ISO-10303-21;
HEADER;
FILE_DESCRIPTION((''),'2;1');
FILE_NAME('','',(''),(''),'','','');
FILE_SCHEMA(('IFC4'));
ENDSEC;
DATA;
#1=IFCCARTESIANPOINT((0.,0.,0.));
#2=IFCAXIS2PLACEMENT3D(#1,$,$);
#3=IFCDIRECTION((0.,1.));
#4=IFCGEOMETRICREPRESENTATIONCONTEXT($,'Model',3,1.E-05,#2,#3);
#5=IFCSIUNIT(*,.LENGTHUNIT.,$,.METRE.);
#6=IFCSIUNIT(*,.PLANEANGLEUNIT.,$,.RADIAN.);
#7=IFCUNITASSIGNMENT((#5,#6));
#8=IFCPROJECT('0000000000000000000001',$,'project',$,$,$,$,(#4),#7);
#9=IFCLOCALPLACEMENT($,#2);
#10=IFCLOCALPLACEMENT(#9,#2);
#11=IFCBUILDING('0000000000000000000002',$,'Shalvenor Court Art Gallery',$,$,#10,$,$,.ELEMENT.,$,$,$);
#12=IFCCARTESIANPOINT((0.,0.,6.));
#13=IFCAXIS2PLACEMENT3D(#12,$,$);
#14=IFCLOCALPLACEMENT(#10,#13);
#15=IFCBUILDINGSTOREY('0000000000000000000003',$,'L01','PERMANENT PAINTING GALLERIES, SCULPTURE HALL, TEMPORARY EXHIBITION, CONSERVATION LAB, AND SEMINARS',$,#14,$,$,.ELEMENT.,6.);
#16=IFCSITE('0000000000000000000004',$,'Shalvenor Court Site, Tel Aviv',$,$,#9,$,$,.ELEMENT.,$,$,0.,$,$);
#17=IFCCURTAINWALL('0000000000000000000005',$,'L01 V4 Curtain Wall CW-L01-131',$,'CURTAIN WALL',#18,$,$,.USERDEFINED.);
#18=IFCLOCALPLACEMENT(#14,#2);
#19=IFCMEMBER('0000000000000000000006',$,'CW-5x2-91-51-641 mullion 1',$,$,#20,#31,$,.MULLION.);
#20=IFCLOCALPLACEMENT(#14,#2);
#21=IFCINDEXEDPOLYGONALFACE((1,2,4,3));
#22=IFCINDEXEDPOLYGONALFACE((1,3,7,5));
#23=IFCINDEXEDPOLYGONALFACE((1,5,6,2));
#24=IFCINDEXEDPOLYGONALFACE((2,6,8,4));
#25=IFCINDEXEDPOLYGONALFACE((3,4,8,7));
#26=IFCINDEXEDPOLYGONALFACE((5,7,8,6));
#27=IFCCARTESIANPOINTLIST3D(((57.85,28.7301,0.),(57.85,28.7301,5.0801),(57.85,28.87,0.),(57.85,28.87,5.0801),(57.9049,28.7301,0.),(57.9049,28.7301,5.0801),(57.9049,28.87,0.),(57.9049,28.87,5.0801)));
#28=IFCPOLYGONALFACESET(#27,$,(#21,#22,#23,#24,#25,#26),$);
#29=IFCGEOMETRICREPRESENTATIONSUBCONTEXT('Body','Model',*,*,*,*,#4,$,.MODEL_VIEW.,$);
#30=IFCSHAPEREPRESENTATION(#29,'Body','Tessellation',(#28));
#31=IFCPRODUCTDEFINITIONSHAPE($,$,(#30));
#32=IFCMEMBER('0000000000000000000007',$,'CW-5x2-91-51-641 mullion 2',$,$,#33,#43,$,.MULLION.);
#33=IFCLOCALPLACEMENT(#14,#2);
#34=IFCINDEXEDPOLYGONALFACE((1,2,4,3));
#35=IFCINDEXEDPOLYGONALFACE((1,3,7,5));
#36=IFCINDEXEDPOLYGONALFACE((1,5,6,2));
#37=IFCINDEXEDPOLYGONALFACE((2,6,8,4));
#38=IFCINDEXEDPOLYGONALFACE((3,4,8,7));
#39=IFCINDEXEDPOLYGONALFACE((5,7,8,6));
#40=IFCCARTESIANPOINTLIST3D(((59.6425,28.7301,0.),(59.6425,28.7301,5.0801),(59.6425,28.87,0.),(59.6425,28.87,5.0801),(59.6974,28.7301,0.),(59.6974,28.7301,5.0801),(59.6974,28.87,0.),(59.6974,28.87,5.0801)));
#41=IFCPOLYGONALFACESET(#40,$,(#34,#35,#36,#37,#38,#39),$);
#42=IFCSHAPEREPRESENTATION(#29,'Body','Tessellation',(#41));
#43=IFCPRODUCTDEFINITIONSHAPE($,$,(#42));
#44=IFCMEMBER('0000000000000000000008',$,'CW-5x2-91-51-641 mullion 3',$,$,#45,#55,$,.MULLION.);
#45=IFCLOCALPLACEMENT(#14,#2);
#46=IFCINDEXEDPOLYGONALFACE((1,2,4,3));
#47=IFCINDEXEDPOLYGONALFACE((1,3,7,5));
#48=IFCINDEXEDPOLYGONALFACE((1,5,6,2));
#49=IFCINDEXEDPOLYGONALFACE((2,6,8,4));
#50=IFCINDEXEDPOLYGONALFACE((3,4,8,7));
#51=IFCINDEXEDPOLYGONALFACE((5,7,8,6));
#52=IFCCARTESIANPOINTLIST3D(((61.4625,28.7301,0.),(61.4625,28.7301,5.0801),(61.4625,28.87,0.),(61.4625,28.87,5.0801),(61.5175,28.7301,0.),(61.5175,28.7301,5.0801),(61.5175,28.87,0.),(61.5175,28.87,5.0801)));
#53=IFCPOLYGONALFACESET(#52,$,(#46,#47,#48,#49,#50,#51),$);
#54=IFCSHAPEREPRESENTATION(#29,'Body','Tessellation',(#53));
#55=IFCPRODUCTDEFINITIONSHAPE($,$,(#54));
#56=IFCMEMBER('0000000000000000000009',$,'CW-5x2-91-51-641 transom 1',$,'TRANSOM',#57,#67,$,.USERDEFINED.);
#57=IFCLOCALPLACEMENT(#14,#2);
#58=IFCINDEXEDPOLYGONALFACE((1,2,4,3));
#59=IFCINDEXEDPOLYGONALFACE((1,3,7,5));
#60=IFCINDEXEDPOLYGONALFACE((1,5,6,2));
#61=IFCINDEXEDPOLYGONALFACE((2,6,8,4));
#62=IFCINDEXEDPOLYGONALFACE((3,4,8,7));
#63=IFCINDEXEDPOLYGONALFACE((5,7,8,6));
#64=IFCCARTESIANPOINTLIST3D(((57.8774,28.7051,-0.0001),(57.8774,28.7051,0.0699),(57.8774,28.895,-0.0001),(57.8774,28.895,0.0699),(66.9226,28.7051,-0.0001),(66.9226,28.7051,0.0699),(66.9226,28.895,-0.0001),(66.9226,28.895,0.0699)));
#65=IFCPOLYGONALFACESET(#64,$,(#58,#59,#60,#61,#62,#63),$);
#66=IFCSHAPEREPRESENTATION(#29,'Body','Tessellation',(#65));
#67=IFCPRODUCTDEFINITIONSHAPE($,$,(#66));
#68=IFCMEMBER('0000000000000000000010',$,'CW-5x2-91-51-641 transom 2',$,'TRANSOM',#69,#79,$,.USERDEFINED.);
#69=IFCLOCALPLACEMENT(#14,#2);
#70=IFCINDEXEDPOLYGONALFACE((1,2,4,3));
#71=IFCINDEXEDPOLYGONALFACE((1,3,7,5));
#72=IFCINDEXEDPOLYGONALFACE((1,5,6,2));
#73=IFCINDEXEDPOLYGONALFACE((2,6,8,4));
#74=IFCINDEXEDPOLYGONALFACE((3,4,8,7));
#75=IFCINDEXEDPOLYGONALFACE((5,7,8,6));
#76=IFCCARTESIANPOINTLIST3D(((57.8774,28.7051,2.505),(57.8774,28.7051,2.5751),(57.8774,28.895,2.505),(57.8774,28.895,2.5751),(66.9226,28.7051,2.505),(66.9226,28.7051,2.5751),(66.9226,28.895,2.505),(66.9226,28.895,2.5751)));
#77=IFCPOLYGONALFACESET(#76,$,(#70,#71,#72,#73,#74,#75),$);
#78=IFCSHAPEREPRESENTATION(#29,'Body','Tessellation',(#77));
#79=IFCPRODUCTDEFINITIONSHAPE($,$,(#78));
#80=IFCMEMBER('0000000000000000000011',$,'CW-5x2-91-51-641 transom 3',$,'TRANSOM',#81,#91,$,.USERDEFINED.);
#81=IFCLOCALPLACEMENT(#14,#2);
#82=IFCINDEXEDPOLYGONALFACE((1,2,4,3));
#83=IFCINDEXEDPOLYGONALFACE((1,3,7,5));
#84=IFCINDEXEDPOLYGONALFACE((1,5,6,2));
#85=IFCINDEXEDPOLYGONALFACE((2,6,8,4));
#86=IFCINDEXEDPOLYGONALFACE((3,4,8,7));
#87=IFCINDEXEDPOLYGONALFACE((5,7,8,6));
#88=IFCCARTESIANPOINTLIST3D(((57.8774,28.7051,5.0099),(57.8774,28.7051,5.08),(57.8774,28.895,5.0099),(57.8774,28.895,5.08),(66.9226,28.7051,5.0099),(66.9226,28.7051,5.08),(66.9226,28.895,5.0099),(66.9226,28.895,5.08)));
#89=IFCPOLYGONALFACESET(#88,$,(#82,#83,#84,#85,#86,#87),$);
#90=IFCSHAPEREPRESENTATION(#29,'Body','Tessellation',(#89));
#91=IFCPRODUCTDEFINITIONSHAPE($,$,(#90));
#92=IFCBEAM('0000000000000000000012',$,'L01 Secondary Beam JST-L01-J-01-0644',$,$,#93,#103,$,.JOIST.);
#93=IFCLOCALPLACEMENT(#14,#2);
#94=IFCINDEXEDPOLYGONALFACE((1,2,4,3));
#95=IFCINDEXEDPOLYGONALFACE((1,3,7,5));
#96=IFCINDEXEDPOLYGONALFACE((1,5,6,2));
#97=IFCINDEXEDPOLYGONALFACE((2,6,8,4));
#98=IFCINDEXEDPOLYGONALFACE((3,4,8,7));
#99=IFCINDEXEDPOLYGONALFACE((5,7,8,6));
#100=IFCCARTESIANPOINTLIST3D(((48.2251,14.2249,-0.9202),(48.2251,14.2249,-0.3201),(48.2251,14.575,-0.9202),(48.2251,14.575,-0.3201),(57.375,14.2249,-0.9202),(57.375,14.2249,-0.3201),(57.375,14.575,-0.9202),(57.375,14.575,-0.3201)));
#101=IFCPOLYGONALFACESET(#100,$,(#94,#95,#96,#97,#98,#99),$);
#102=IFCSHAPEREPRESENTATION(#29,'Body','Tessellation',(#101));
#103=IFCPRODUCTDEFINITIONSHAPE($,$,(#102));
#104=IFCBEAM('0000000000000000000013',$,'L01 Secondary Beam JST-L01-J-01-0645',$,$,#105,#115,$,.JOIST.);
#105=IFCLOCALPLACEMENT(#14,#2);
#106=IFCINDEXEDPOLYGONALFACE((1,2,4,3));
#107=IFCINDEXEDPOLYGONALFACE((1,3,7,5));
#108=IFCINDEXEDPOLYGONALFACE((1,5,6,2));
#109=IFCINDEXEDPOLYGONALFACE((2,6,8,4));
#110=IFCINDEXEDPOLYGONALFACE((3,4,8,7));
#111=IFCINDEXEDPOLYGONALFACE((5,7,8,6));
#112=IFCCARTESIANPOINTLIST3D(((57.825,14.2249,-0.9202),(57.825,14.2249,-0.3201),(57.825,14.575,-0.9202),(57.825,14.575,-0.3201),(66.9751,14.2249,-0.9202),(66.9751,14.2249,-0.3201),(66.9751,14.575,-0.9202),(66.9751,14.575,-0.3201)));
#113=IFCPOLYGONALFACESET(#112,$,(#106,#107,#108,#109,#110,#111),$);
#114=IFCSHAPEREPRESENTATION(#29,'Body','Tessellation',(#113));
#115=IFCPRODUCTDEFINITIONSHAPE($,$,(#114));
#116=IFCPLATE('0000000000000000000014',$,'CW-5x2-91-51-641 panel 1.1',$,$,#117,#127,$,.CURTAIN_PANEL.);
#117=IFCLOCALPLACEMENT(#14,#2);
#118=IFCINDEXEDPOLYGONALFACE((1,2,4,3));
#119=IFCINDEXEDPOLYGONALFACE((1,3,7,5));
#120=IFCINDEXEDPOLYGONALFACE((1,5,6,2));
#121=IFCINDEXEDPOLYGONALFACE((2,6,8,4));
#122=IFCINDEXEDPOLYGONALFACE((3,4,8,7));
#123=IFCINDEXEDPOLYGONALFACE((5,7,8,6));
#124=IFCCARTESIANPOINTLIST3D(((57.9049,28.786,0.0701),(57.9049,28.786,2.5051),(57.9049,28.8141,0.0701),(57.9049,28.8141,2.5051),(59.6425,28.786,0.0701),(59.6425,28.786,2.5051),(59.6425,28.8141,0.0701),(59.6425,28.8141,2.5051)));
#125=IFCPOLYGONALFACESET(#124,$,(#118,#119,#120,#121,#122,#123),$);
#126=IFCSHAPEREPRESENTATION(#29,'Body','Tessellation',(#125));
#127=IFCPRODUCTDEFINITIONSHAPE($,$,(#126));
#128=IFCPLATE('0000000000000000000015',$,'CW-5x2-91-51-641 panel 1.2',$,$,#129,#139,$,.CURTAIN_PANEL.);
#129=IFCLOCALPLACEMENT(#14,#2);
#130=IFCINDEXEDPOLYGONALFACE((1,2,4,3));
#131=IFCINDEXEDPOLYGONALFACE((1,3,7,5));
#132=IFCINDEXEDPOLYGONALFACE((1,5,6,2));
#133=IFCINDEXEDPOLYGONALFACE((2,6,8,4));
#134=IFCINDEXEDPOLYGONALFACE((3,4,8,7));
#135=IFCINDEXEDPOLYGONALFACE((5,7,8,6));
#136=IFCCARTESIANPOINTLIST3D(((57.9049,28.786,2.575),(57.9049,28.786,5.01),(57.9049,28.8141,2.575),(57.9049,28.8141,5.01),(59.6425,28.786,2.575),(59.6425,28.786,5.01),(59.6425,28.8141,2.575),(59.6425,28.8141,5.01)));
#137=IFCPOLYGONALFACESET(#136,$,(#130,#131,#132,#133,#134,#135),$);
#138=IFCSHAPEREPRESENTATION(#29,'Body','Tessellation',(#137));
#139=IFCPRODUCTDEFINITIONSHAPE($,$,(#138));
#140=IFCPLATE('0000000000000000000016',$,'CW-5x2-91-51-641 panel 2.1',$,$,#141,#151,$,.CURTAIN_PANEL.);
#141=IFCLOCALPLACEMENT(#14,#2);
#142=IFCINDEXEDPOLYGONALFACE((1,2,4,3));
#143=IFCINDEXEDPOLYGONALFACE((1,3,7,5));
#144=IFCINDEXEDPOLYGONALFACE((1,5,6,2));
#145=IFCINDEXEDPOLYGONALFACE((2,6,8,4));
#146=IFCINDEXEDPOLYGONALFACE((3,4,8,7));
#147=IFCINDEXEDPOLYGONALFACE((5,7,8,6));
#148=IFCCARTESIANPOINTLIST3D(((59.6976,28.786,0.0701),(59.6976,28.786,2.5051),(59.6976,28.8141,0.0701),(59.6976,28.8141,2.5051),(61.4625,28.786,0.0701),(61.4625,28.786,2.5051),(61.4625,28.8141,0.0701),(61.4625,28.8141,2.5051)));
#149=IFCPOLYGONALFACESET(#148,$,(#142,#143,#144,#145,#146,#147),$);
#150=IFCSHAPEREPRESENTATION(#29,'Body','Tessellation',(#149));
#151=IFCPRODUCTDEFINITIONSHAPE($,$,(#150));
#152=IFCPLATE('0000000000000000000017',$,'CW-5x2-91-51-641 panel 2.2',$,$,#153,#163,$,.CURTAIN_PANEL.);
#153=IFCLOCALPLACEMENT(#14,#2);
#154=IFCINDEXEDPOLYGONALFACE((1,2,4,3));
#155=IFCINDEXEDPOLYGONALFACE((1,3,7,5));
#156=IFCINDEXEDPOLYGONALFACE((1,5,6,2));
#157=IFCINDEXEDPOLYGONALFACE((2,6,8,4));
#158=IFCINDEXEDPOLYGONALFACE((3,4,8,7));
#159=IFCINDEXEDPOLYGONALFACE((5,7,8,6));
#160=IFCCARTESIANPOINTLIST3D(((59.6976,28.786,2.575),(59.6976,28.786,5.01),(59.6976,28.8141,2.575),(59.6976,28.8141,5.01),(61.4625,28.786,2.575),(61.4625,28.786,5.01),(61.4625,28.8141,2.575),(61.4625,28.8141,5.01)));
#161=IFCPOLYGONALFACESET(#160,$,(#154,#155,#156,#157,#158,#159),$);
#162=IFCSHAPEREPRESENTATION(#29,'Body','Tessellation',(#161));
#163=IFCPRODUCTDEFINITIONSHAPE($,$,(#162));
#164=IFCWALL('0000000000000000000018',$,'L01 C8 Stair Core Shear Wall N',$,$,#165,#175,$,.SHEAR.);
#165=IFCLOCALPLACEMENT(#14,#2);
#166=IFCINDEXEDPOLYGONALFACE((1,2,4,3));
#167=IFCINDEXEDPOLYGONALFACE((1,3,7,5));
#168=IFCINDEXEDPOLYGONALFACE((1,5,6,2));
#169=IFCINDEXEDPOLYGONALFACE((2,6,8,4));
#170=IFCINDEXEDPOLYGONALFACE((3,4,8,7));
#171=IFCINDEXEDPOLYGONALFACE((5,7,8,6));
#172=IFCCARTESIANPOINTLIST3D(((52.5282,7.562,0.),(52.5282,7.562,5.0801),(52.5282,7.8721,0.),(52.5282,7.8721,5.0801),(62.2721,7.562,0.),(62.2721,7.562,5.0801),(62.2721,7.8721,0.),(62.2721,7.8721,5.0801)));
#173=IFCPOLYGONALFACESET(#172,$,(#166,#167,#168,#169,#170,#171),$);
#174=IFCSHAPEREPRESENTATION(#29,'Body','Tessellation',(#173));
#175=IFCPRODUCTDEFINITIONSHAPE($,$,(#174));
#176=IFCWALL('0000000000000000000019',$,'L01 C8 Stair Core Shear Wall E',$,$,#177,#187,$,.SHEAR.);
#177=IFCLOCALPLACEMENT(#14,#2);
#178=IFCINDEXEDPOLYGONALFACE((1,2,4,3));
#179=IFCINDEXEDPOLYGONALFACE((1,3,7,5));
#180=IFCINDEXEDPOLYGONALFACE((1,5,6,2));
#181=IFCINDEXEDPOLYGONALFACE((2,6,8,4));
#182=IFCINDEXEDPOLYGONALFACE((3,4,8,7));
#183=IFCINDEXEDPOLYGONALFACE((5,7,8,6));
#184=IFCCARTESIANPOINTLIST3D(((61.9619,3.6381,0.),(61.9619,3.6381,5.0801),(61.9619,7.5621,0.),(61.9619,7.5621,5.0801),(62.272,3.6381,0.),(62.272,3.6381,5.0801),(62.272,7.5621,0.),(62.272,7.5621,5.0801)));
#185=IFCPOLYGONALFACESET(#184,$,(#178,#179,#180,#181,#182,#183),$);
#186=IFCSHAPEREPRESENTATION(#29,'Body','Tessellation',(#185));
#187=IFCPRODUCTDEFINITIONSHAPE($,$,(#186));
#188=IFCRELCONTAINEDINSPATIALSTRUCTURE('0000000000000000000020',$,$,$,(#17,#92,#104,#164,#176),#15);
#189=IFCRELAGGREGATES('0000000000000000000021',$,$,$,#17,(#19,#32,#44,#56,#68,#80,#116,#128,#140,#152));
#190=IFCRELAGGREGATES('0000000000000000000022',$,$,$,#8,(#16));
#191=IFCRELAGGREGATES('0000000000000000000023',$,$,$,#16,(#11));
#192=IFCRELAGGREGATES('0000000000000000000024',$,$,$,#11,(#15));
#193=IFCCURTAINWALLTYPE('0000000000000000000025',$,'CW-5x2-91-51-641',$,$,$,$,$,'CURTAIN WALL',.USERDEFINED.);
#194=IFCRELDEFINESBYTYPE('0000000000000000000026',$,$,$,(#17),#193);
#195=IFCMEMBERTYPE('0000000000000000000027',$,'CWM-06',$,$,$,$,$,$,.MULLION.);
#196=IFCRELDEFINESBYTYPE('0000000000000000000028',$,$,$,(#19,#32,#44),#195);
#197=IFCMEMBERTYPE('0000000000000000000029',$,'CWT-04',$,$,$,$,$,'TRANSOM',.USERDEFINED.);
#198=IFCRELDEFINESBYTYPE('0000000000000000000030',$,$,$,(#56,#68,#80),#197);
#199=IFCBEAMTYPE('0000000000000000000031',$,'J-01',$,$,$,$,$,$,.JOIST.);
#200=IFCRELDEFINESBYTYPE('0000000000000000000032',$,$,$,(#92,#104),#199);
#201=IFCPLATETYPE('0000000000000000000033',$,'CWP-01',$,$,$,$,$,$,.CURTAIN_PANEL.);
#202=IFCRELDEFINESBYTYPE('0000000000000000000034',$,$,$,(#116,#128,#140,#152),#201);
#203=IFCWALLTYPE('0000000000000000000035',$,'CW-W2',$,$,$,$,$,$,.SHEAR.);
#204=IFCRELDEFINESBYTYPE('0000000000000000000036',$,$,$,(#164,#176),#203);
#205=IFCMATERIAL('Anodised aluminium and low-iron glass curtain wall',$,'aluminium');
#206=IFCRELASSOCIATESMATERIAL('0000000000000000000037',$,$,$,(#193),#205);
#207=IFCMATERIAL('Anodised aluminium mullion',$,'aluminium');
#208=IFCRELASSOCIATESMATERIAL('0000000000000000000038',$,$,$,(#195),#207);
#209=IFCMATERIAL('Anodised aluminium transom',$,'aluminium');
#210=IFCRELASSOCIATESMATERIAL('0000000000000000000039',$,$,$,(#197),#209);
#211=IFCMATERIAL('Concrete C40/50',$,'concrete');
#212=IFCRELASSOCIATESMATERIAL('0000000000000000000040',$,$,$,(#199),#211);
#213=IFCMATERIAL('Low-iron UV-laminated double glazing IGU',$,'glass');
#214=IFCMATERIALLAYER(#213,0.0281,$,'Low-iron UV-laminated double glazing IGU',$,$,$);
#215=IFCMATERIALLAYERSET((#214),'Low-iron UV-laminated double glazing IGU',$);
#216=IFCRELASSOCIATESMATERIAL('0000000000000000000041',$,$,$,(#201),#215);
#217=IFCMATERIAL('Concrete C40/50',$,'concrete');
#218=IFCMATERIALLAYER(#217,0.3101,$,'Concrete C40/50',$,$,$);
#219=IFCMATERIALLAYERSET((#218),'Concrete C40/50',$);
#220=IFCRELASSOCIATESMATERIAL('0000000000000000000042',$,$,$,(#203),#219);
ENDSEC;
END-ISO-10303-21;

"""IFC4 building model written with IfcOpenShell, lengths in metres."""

from ifc_helpers import new_model, si_unit, direction, frame, frame_2d, origin, origin_2d, place, context, subcontext, project, spatial, rectangle, extrude, material, layer, layer_set, material_profile, profile_set, type_object, element, aggregate, save


model = new_model("IFC4")

# Units and contexts
model_context = context("Model", 3, precision=1e-05, world=origin(), true_north=direction((0.0, 1.0)))
body_context = subcontext(model_context, "Body", "Model", "MODEL_VIEW")
ifc_project = project(units=[si_unit("LENGTHUNIT", "METRE"), si_unit("PLANEANGLEUNIT", "RADIAN")], contexts=[model_context])

# Site, building, storey
site_placement = place(None, origin())
site = spatial("IfcSite", under=ifc_project, at=site_placement, Name="Shalvenor Court Site, Tel Aviv", CompositionType="ELEMENT", RefElevation=0.0)
building_placement = place(site_placement, origin())
building = spatial("IfcBuilding", under=site, at=building_placement, Name="Shalvenor Court Art Gallery", CompositionType="ELEMENT")
storey_placement = place(building_placement, frame((0.0, 0.0, 6.0)))
storey = spatial("IfcBuildingStorey", under=building, at=storey_placement, Name="L01", Description="PERMANENT PAINTING GALLERIES, SCULPTURE HALL, TEMPORARY EXHIBITION, CONSERVATION LAB, AND SEMINARS", CompositionType="ELEMENT", Elevation=6.0)

# Curtain wall, members
ifc_material_1 = material(Name="Anodised aluminium and low-iron glass curtain wall", Category="aluminium")
curtain_wall_type = type_object("IfcCurtainWallType", Name="CW-5x2-91-51-641", ElementType="CURTAIN WALL", PredefinedType="USERDEFINED", material=ifc_material_1)
curtain_wall_placement = place(storey_placement, origin())
curtain_wall = element("IfcCurtainWall", 1, at=curtain_wall_placement, inside=storey, type_object=curtain_wall_type, Name="L01 V4 Curtain Wall CW-L01-131", ObjectType="CURTAIN WALL", PredefinedType="USERDEFINED")
ifc_material_2 = material(Name="Anodised aluminium mullion", Category="aluminium")
ifc_material_profile_1 = material_profile(ifc_material_2, rectangle(XDim=0.0549, YDim=0.1399, at=origin_2d()), Name="CWM-06")
ifc_profile_set_1 = profile_set([ifc_material_profile_1], Name="Anodised aluminium mullion")
member_type_1 = type_object("IfcMemberType", Name="CWM-06", PredefinedType="MULLION", material=ifc_profile_set_1)
member_1_placement = place(storey_placement, frame((57.8774, 28.8, 0.0), z_axis=(0.0, 0.0, 1.0), x_axis=(1.0, 0.0, 0.0)))
member_1 = element("IfcMember", 2, at=member_1_placement, type_object=member_type_1, Name="CW-5x2-91-51-641 mullion 1", PredefinedType="MULLION", context=body_context, shape_type="SweptSolid", body=[
    extrude(rectangle(XDim=0.0549, YDim=0.1399, at=origin_2d()), origin(), (0.0, 0.0, 1.0), 5.0801),
])
member_2_placement = place(storey_placement, frame((59.6699, 28.8, 0.0), z_axis=(0.0, 0.0, 1.0), x_axis=(1.0, 0.0, 0.0)))
member_2 = element("IfcMember", 3, at=member_2_placement, type_object=member_type_1, Name="CW-5x2-91-51-641 mullion 2", PredefinedType="MULLION", context=body_context, shape_type="SweptSolid", body=[
    extrude(rectangle(XDim=0.0549, YDim=0.1399, at=origin_2d()), origin(), (0.0, 0.0, 1.0), 5.0801),
])
member_3_placement = place(storey_placement, frame((61.49, 28.8, 0.0), z_axis=(0.0, 0.0, 1.0), x_axis=(1.0, 0.0, 0.0)))
member_3 = element("IfcMember", 4, at=member_3_placement, type_object=member_type_1, Name="CW-5x2-91-51-641 mullion 3", PredefinedType="MULLION", context=body_context, shape_type="SweptSolid", body=[
    extrude(rectangle(XDim=0.0549, YDim=0.1399, at=origin_2d()), origin(), (0.0, 0.0, 1.0), 5.0801),
])
ifc_material_3 = material(Name="Anodised aluminium transom", Category="aluminium")
ifc_material_profile_2 = material_profile(ifc_material_3, rectangle(XDim=0.1899, YDim=0.0701, at=origin_2d()), Name="CWT-04")
ifc_profile_set_2 = profile_set([ifc_material_profile_2], Name="Anodised aluminium transom")
member_type_2 = type_object("IfcMemberType", Name="CWT-04", ElementType="TRANSOM", PredefinedType="USERDEFINED", material=ifc_profile_set_2)
member_4_placement = place(storey_placement, frame((57.8774, 28.8, 0.0349), z_axis=(1.0, 0.0, 0.0), x_axis=(0.0, 1.0, 0.0)))
member_4 = element("IfcMember", 5, at=member_4_placement, type_object=member_type_2, Name="CW-5x2-91-51-641 transom 1", ObjectType="TRANSOM", PredefinedType="USERDEFINED", context=body_context, shape_type="SweptSolid", body=[
    extrude(rectangle(XDim=0.1899, YDim=0.0701, at=origin_2d()), origin(), (0.0, 0.0, 1.0), 9.0452),
])
member_5_placement = place(storey_placement, frame((57.8774, 28.8, 2.54), z_axis=(1.0, 0.0, 0.0), x_axis=(0.0, 1.0, 0.0)))
member_5 = element("IfcMember", 6, at=member_5_placement, type_object=member_type_2, Name="CW-5x2-91-51-641 transom 2", ObjectType="TRANSOM", PredefinedType="USERDEFINED", context=body_context, shape_type="SweptSolid", body=[
    extrude(rectangle(XDim=0.1899, YDim=0.0701, at=origin_2d()), origin(), (0.0, 0.0, 1.0), 9.0452),
])
member_6_placement = place(storey_placement, frame((57.8774, 28.8, 5.0449), z_axis=(1.0, 0.0, 0.0), x_axis=(0.0, 1.0, 0.0)))
member_6 = element("IfcMember", 7, at=member_6_placement, type_object=member_type_2, Name="CW-5x2-91-51-641 transom 3", ObjectType="TRANSOM", PredefinedType="USERDEFINED", context=body_context, shape_type="SweptSolid", body=[
    extrude(rectangle(XDim=0.1899, YDim=0.0701, at=origin_2d()), origin(), (0.0, 0.0, 1.0), 9.0452),
])

# Beams
ifc_material_4 = material(Name="Concrete C40/50", Category="concrete")
ifc_material_profile_3 = material_profile(ifc_material_4, rectangle(XDim=0.3501, YDim=0.6001, at=origin_2d()), Name="RC 350x600")
ifc_profile_set_3 = profile_set([ifc_material_profile_3], Name="Concrete C40/50")
beam_type_1 = type_object("IfcBeamType", Name="J-01", PredefinedType="JOIST", material=ifc_profile_set_3)
beam_1_placement = place(storey_placement, frame((48.2251, 14.3999, -0.6201), z_axis=(1.0, 0.0, 0.0), x_axis=(0.0, 1.0, 0.0)))
element("IfcBeam", 8, at=beam_1_placement, inside=storey, type_object=beam_type_1, Name="L01 Secondary Beam JST-L01-J-01-0644", PredefinedType="JOIST", context=body_context, shape_type="SweptSolid", body=[
    extrude(rectangle(XDim=0.3501, YDim=0.6001, at=origin_2d()), origin(), (0.0, 0.0, 1.0), 9.1499),
])
beam_2_placement = place(storey_placement, frame((57.825, 14.3999, -0.6201), z_axis=(1.0, 0.0, 0.0), x_axis=(0.0, 1.0, 0.0)))
element("IfcBeam", 9, at=beam_2_placement, inside=storey, type_object=beam_type_1, Name="L01 Secondary Beam JST-L01-J-01-0645", PredefinedType="JOIST", context=body_context, shape_type="SweptSolid", body=[
    extrude(rectangle(XDim=0.3501, YDim=0.6001, at=origin_2d()), origin(), (0.0, 0.0, 1.0), 9.1501),
])

# Plates
ifc_material_5 = material(Name="Low-iron UV-laminated double glazing IGU", Category="glass")
ifc_layer_1 = layer(ifc_material_5, 0.0281, Name="Low-iron UV-laminated double glazing IGU")
ifc_layer_set_1 = layer_set([ifc_layer_1], Name="Low-iron UV-laminated double glazing IGU")
plate_type = type_object("IfcPlateType", Name="CWP-01", PredefinedType="CURTAIN_PANEL", material=ifc_layer_set_1)
plate_1_placement = place(storey_placement, frame((58.7737, 28.8, 0.0701), z_axis=(0.0, 0.0, 1.0), x_axis=(1.0, 0.0, 0.0)))
plate_1 = element("IfcPlate", 10, at=plate_1_placement, type_object=plate_type, Name="CW-5x2-91-51-641 panel 1.1", PredefinedType="CURTAIN_PANEL", context=body_context, shape_type="SweptSolid", body=[
    extrude(rectangle(XDim=1.7375, YDim=0.0281, at=origin_2d()), origin(), (0.0, 0.0, 1.0), 2.4351),
])
plate_2_placement = place(storey_placement, frame((58.7737, 28.8, 2.575), z_axis=(0.0, 0.0, 1.0), x_axis=(1.0, 0.0, 0.0)))
plate_2 = element("IfcPlate", 11, at=plate_2_placement, type_object=plate_type, Name="CW-5x2-91-51-641 panel 1.2", PredefinedType="CURTAIN_PANEL", context=body_context, shape_type="SweptSolid", body=[
    extrude(rectangle(XDim=1.7375, YDim=0.0281, at=origin_2d()), origin(), (0.0, 0.0, 1.0), 2.4351),
])
plate_3_placement = place(storey_placement, frame((60.5801, 28.8, 0.0701), z_axis=(0.0, 0.0, 1.0), x_axis=(1.0, 0.0, 0.0)))
plate_3 = element("IfcPlate", 12, at=plate_3_placement, type_object=plate_type, Name="CW-5x2-91-51-641 panel 2.1", PredefinedType="CURTAIN_PANEL", context=body_context, shape_type="SweptSolid", body=[
    extrude(rectangle(XDim=1.7649, YDim=0.0281, at=origin_2d()), origin(), (0.0, 0.0, 1.0), 2.4351),
])
plate_4_placement = place(storey_placement, frame((60.5801, 28.8, 2.575), z_axis=(0.0, 0.0, 1.0), x_axis=(1.0, 0.0, 0.0)))
plate_4 = element("IfcPlate", 13, at=plate_4_placement, type_object=plate_type, Name="CW-5x2-91-51-641 panel 2.2", PredefinedType="CURTAIN_PANEL", context=body_context, shape_type="SweptSolid", body=[
    extrude(rectangle(XDim=1.7649, YDim=0.0281, at=origin_2d()), origin(), (0.0, 0.0, 1.0), 2.4351),
])
aggregate(curtain_wall, [member_1, member_2, member_3, member_4, member_5, member_6, plate_1, plate_2, plate_3, plate_4])

# Walls
ifc_material_6 = material(Name="Concrete C40/50", Category="concrete")
ifc_layer_2 = layer(ifc_material_6, 0.3101, Name="Concrete C40/50")
ifc_layer_set_2 = layer_set([ifc_layer_2], Name="Concrete C40/50")
wall_type_1 = type_object("IfcWallType", Name="CW-W2", PredefinedType="SHEAR", material=ifc_layer_set_2)
wall_1_placement = place(storey_placement, frame((52.5281, 7.717, 0.0), z_axis=(0.0, 0.0, 1.0), x_axis=(1.0, 0.0, 0.0)))
element("IfcWall", 14, at=wall_1_placement, inside=storey, type_object=wall_type_1, Name="L01 C8 Stair Core Shear Wall N", PredefinedType="SHEAR", context=body_context, shape_type="SweptSolid", body=[
    extrude(rectangle(XDim=9.7439, YDim=0.3101, at=frame_2d((4.8721, 0.0))), origin(), (0.0, 0.0, 1.0), 5.0801),
])
wall_2_placement = place(storey_placement, frame((62.1169, 7.562, 0.0), z_axis=(0.0, 0.0, 1.0), x_axis=(0.0, -1.0, 0.0)))
element("IfcWall", 15, at=wall_2_placement, inside=storey, type_object=wall_type_1, Name="L01 C8 Stair Core Shear Wall E", PredefinedType="SHEAR", context=body_context, shape_type="SweptSolid", body=[
    extrude(rectangle(XDim=3.9241, YDim=0.3101, at=frame_2d((1.9619, 0.0))), origin(), (0.0, 0.0, 1.0), 5.0801),
])

save(model, "model.ifc")
